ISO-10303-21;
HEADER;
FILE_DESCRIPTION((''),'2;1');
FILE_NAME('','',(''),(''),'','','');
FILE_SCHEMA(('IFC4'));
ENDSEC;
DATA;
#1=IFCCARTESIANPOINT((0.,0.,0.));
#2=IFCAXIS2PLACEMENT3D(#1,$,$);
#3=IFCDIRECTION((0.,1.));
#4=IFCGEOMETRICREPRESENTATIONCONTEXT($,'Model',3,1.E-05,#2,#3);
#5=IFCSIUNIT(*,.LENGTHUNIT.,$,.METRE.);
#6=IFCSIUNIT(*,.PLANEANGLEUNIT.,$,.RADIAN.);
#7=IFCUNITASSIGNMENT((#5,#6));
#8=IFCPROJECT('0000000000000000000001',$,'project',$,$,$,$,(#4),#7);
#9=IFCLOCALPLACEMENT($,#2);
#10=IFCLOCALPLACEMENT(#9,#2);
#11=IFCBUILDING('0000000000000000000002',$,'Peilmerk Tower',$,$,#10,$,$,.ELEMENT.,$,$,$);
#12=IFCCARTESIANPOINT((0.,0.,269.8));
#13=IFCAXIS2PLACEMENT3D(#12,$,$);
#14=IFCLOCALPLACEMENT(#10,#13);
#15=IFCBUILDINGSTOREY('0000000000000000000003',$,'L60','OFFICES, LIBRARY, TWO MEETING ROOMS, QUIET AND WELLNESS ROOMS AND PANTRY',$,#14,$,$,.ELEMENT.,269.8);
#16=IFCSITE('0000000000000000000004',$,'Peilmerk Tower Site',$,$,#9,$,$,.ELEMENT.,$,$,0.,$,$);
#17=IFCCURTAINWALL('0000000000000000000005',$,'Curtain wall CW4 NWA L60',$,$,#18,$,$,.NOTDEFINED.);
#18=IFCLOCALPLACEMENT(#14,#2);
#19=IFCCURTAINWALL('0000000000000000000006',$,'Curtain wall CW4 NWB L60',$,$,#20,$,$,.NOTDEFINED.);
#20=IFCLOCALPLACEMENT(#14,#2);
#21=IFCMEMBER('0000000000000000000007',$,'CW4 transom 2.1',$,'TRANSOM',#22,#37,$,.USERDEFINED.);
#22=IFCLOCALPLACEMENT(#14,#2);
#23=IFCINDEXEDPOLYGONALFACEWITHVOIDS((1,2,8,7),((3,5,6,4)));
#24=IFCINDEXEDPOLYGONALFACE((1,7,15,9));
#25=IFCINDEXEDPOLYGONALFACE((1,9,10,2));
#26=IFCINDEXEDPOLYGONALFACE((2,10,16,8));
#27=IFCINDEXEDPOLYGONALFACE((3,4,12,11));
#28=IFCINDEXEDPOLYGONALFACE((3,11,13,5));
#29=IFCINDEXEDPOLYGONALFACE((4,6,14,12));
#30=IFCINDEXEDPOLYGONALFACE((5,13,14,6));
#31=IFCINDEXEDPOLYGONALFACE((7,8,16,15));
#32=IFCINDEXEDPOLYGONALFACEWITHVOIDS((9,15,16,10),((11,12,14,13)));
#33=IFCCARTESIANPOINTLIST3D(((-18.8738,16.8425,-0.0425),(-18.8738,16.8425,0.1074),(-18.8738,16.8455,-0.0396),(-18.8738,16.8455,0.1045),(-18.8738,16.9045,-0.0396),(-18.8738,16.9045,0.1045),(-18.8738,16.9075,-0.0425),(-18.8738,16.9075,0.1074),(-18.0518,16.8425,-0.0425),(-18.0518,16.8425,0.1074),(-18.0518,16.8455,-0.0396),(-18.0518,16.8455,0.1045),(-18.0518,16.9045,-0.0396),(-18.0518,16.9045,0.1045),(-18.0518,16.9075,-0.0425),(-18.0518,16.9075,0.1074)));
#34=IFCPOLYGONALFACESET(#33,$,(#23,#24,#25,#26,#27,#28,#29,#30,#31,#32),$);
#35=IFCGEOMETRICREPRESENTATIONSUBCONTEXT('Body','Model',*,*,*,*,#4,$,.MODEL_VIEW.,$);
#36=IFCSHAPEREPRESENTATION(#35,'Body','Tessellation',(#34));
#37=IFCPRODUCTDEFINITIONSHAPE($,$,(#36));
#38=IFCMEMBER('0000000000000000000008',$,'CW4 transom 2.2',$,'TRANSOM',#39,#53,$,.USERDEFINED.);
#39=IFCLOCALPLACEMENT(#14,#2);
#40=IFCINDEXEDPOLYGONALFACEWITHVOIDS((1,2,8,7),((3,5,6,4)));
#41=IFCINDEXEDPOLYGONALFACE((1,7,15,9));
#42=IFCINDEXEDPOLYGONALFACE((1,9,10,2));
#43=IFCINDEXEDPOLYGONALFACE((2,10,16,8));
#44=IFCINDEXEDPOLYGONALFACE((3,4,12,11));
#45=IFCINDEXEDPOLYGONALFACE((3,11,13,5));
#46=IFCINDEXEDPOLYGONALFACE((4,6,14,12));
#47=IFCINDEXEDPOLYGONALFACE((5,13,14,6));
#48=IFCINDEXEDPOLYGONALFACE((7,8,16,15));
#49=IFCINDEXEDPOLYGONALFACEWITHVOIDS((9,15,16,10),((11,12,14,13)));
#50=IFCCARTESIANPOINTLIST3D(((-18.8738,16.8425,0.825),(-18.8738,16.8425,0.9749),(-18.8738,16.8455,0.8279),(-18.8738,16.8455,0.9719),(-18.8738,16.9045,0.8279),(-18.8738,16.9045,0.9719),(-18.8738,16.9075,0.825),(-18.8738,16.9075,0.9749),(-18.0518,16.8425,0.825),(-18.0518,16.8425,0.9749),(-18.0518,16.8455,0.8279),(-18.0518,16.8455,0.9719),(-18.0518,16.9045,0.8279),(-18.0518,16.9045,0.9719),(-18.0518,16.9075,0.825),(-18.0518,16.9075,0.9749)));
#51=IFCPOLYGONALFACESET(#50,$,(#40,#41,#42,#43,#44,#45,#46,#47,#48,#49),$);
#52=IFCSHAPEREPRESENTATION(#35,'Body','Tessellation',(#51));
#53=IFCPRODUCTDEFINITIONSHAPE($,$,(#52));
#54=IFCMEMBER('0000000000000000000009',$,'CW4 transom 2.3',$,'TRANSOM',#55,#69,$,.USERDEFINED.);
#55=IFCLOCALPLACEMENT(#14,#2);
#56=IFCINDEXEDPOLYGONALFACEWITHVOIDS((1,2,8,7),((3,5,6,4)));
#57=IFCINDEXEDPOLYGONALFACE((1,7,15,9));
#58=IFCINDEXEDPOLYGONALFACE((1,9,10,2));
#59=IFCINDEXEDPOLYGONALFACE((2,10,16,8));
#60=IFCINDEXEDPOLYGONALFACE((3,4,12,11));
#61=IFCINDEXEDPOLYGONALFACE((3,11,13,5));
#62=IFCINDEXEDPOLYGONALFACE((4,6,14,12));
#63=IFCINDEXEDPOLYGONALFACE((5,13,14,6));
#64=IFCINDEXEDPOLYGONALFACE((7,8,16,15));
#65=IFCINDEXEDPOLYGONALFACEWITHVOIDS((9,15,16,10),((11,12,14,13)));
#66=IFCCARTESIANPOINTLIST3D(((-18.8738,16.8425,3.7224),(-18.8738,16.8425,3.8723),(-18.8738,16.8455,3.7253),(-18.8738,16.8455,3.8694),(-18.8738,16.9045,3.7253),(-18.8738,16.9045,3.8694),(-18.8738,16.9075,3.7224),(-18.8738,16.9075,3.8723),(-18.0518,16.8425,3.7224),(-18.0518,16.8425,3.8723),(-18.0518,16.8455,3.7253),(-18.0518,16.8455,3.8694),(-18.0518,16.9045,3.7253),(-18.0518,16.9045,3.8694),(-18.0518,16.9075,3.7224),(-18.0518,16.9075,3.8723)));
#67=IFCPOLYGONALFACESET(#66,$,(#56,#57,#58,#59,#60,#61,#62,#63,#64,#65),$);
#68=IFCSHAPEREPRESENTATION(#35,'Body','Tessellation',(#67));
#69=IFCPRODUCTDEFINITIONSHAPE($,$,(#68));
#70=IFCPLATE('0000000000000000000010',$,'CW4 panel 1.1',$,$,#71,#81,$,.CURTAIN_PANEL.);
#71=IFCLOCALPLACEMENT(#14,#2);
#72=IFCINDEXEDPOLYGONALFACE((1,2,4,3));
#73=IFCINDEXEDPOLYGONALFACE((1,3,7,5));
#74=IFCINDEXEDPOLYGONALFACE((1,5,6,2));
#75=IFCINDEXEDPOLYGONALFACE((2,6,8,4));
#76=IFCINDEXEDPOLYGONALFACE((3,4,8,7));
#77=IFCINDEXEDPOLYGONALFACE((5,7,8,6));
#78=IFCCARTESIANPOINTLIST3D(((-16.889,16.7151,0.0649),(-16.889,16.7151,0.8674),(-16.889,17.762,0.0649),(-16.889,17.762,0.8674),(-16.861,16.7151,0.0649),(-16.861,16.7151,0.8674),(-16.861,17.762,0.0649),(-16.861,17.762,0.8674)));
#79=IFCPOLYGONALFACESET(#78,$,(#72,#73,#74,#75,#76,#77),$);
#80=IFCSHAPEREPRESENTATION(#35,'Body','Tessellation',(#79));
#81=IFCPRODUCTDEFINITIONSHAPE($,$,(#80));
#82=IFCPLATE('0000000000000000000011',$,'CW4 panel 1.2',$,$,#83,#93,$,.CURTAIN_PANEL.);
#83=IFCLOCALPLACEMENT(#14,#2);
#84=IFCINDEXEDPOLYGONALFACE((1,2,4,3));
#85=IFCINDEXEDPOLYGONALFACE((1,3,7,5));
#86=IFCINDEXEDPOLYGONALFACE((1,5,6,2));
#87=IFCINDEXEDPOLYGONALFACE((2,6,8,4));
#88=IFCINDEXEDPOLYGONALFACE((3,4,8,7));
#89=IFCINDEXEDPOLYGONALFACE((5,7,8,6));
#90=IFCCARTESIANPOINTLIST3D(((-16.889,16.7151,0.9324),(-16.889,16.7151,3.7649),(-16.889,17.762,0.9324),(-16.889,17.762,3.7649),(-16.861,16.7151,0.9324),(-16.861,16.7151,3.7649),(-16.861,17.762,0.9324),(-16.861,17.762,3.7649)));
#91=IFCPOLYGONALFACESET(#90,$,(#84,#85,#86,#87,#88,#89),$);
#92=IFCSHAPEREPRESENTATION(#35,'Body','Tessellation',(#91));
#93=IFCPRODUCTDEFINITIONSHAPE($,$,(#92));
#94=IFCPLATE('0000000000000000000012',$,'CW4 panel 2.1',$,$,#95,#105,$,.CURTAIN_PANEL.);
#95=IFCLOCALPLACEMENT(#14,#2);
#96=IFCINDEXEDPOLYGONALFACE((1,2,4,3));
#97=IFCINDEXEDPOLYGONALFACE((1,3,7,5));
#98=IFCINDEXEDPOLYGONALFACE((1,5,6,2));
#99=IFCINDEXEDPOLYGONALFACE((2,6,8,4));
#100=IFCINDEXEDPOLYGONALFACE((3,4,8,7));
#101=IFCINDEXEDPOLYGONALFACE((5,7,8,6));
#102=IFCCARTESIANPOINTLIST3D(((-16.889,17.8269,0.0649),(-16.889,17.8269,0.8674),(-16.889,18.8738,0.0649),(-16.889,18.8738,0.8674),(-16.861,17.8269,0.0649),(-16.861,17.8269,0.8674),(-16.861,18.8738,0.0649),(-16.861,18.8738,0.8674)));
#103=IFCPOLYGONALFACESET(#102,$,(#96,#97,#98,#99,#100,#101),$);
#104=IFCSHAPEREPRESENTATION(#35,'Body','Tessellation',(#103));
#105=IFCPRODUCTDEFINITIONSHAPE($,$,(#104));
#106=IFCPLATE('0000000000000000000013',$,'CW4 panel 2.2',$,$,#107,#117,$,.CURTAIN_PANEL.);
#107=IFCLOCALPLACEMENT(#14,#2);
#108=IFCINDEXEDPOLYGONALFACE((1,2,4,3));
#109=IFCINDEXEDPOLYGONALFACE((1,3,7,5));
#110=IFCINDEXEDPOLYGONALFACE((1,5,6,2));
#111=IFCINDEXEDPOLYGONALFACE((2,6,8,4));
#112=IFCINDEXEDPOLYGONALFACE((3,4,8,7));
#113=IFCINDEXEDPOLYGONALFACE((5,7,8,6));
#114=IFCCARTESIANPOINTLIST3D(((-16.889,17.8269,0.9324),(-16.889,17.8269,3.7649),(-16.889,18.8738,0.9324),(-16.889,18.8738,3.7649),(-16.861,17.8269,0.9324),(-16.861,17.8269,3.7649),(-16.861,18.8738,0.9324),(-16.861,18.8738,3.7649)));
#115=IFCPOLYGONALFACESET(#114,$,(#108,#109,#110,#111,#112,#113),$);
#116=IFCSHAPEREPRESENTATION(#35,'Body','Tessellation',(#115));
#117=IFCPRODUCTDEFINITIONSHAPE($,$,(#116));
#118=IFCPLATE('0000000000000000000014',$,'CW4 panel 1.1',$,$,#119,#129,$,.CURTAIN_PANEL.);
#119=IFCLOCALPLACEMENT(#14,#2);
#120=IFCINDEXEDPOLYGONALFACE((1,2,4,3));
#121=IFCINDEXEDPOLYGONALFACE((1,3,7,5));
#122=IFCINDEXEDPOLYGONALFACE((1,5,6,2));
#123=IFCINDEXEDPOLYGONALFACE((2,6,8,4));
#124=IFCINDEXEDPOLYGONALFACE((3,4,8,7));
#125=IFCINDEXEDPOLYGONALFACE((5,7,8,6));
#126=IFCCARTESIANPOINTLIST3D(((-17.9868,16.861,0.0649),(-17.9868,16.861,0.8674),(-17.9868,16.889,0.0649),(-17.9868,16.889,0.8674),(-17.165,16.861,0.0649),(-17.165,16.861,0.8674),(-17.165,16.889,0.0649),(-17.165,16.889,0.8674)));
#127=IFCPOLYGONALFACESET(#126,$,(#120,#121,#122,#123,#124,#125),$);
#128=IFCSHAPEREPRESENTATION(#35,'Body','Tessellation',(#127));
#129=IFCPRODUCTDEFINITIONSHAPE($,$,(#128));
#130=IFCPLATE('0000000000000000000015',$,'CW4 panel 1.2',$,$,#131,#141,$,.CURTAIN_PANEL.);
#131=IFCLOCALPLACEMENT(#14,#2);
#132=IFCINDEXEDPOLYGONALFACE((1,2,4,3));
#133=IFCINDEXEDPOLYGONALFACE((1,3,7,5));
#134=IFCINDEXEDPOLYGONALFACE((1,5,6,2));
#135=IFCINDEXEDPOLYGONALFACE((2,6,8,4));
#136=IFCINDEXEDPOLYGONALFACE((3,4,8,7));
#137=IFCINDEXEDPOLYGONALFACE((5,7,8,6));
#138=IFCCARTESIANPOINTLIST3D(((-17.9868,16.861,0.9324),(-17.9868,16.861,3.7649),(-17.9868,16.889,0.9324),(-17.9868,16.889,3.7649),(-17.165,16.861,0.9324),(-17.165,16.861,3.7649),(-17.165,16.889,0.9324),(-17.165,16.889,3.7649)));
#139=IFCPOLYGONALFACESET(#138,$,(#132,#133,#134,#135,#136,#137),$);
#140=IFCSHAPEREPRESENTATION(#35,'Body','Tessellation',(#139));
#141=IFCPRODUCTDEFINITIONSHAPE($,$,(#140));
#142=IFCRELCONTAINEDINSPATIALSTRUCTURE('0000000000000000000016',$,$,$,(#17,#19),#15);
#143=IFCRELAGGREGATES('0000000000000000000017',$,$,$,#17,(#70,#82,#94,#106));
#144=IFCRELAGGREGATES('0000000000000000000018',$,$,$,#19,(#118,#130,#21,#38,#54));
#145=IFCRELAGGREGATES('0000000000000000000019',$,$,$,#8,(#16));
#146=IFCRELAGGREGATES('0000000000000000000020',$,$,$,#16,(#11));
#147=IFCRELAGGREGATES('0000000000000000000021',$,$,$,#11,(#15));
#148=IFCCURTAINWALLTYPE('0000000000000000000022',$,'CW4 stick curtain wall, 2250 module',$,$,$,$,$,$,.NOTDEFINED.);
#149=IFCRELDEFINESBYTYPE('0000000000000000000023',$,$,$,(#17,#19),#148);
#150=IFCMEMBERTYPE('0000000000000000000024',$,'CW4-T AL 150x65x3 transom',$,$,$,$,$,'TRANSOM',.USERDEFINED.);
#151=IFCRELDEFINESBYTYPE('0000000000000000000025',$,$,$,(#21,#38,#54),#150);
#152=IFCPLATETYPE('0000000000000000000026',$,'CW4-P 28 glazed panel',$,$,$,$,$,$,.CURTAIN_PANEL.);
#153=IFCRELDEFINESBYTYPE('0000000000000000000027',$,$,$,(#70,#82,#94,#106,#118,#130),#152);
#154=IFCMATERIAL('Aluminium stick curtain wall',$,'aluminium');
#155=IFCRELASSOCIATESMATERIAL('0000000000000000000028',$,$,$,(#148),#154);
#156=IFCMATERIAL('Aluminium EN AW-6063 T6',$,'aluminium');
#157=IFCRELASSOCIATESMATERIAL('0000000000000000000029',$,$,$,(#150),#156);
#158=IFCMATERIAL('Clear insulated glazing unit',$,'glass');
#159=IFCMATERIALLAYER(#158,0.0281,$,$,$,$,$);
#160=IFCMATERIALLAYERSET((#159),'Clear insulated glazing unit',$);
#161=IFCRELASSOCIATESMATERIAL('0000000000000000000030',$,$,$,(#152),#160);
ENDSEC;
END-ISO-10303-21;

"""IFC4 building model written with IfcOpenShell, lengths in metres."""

from ifc_helpers import new_model, si_unit, direction, frame, origin, origin_2d, place, context, subcontext, project, spatial, rectangle, hollow_rectangle, extrude, material, layer, layer_set, material_profile, profile_set, type_object, element, aggregate, save


model = new_model("IFC4")

# Units and contexts
model_context = context("Model", 3, precision=1e-05, world=origin(), true_north=direction((0.0, 1.0)))
body_context = subcontext(model_context, "Body", "Model", "MODEL_VIEW")
ifc_project = project(units=[si_unit("LENGTHUNIT", "METRE"), si_unit("PLANEANGLEUNIT", "RADIAN")], contexts=[model_context])

# Site, building, storey
site_placement = place(None, origin())
site = spatial("IfcSite", under=ifc_project, at=site_placement, Name="Peilmerk Tower Site", CompositionType="ELEMENT", RefElevation=0.0)
building_placement = place(site_placement, origin())
building = spatial("IfcBuilding", under=site, at=building_placement, Name="Peilmerk Tower", CompositionType="ELEMENT")
storey_placement = place(building_placement, frame((0.0, 0.0, 269.8)))
storey = spatial("IfcBuildingStorey", under=building, at=storey_placement, Name="L60", Description="OFFICES, LIBRARY, TWO MEETING ROOMS, QUIET AND WELLNESS ROOMS AND PANTRY", CompositionType="ELEMENT", Elevation=269.8)

# Curtain walls
ifc_material_1 = material(Name="Aluminium stick curtain wall", Category="aluminium")
curtain_wall_type = type_object("IfcCurtainWallType", Name="CW4 stick curtain wall, 2250 module", PredefinedType="NOTDEFINED", material=ifc_material_1)
curtain_wall_1_placement = place(storey_placement, origin())
curtain_wall_1 = element("IfcCurtainWall", 1, at=curtain_wall_1_placement, inside=storey, type_object=curtain_wall_type, Name="Curtain wall CW4 NWA L60", PredefinedType="NOTDEFINED")
ifc_material_2 = material(Name="Aluminium EN AW-6063 T6", Category="aluminium")
curtain_wall_2_placement = place(storey_placement, origin())
curtain_wall_2 = element("IfcCurtainWall", 2, at=curtain_wall_2_placement, inside=storey, type_object=curtain_wall_type, Name="Curtain wall CW4 NWB L60", PredefinedType="NOTDEFINED")

# Members
ifc_material_profile_1 = material_profile(ifc_material_2, hollow_rectangle(XDim=0.0649, YDim=0.1499, WallThickness=0.0029, at=origin_2d()), Name="AL 150x65x3")
ifc_profile_set_1 = profile_set([ifc_material_profile_1], Name="Aluminium EN AW-6063 T6")
member_type_1 = type_object("IfcMemberType", Name="CW4-T AL 150x65x3 transom", ElementType="TRANSOM", PredefinedType="USERDEFINED", material=ifc_profile_set_1)
member_1_placement = place(storey_placement, frame((-18.0518, 16.875, 0.0325), z_axis=(-1.0, 0.0, 0.0), x_axis=(0.0, -1.0, 0.0)))
member_1 = element("IfcMember", 3, at=member_1_placement, type_object=member_type_1, Name="CW4 transom 2.1", ObjectType="TRANSOM", PredefinedType="USERDEFINED", context=body_context, shape_type="SweptSolid", body=[
    extrude(hollow_rectangle(XDim=0.0649, YDim=0.1499, WallThickness=0.0029, at=origin_2d()), origin(), (0.0, 0.0, 1.0), 0.822),
])
member_2_placement = place(storey_placement, frame((-18.0518, 16.875, 0.8999), z_axis=(-1.0, 0.0, 0.0), x_axis=(0.0, -1.0, 0.0)))
member_2 = element("IfcMember", 4, at=member_2_placement, type_object=member_type_1, Name="CW4 transom 2.2", ObjectType="TRANSOM", PredefinedType="USERDEFINED", context=body_context, shape_type="SweptSolid", body=[
    extrude(hollow_rectangle(XDim=0.0649, YDim=0.1499, WallThickness=0.0029, at=origin_2d()), origin(), (0.0, 0.0, 1.0), 0.822),
])
member_3_placement = place(storey_placement, frame((-18.0518, 16.875, 3.7974), z_axis=(-1.0, 0.0, 0.0), x_axis=(0.0, -1.0, 0.0)))
member_3 = element("IfcMember", 5, at=member_3_placement, type_object=member_type_1, Name="CW4 transom 2.3", ObjectType="TRANSOM", PredefinedType="USERDEFINED", context=body_context, shape_type="SweptSolid", body=[
    extrude(hollow_rectangle(XDim=0.0649, YDim=0.1499, WallThickness=0.0029, at=origin_2d()), origin(), (0.0, 0.0, 1.0), 0.822),
])

# Plates
ifc_material_3 = material(Name="Clear insulated glazing unit", Category="glass")
ifc_layer_1 = layer(ifc_material_3, 0.0281)
ifc_layer_set_1 = layer_set([ifc_layer_1], Name="Clear insulated glazing unit")
plate_type = type_object("IfcPlateType", Name="CW4-P 28 glazed panel", PredefinedType="CURTAIN_PANEL", material=ifc_layer_set_1)
plate_1_placement = place(storey_placement, frame((-16.875, 17.2385, 0.0649), z_axis=(0.0, 0.0, 1.0), x_axis=(0.0, 1.0, 0.0)))
plate_1 = element("IfcPlate", 6, at=plate_1_placement, type_object=plate_type, Name="CW4 panel 1.1", PredefinedType="CURTAIN_PANEL", context=body_context, shape_type="SweptSolid", body=[
    extrude(rectangle(XDim=1.0469, YDim=0.0281, at=origin_2d()), origin(), (0.0, 0.0, 1.0), 0.8025),
])
plate_2_placement = place(storey_placement, frame((-16.875, 17.2385, 0.9324), z_axis=(0.0, 0.0, 1.0), x_axis=(0.0, 1.0, 0.0)))
plate_2 = element("IfcPlate", 7, at=plate_2_placement, type_object=plate_type, Name="CW4 panel 1.2", PredefinedType="CURTAIN_PANEL", context=body_context, shape_type="SweptSolid", body=[
    extrude(rectangle(XDim=1.0469, YDim=0.0281, at=origin_2d()), origin(), (0.0, 0.0, 1.0), 2.8325),
])
plate_3_placement = place(storey_placement, frame((-16.875, 18.3503, 0.0649), z_axis=(0.0, 0.0, 1.0), x_axis=(0.0, 1.0, 0.0)))
plate_3 = element("IfcPlate", 8, at=plate_3_placement, type_object=plate_type, Name="CW4 panel 2.1", PredefinedType="CURTAIN_PANEL", context=body_context, shape_type="SweptSolid", body=[
    extrude(rectangle(XDim=1.0469, YDim=0.0281, at=origin_2d()), origin(), (0.0, 0.0, 1.0), 0.8025),
])
plate_4_placement = place(storey_placement, frame((-16.875, 18.3503, 0.9324), z_axis=(0.0, 0.0, 1.0), x_axis=(0.0, 1.0, 0.0)))
plate_4 = element("IfcPlate", 9, at=plate_4_placement, type_object=plate_type, Name="CW4 panel 2.2", PredefinedType="CURTAIN_PANEL", context=body_context, shape_type="SweptSolid", body=[
    extrude(rectangle(XDim=1.0469, YDim=0.0281, at=origin_2d()), origin(), (0.0, 0.0, 1.0), 2.8325),
])
aggregate(curtain_wall_1, [plate_1, plate_2, plate_3, plate_4])
plate_5_placement = place(storey_placement, frame((-17.5759, 16.875, 0.0649), z_axis=(0.0, 0.0, 1.0), x_axis=(-1.0, 0.0, 0.0)))
plate_5 = element("IfcPlate", 10, at=plate_5_placement, type_object=plate_type, Name="CW4 panel 1.1", PredefinedType="CURTAIN_PANEL", context=body_context, shape_type="SweptSolid", body=[
    extrude(rectangle(XDim=0.8218, YDim=0.0281, at=origin_2d()), origin(), (0.0, 0.0, 1.0), 0.8025),
])
plate_6_placement = place(storey_placement, frame((-17.5759, 16.875, 0.9324), z_axis=(0.0, 0.0, 1.0), x_axis=(-1.0, 0.0, 0.0)))
plate_6 = element("IfcPlate", 11, at=plate_6_placement, type_object=plate_type, Name="CW4 panel 1.2", PredefinedType="CURTAIN_PANEL", context=body_context, shape_type="SweptSolid", body=[
    extrude(rectangle(XDim=0.8218, YDim=0.0281, at=origin_2d()), origin(), (0.0, 0.0, 1.0), 2.8325),
])
aggregate(curtain_wall_2, [plate_5, plate_6, member_1, member_2, member_3])

save(model, "model.ifc")
